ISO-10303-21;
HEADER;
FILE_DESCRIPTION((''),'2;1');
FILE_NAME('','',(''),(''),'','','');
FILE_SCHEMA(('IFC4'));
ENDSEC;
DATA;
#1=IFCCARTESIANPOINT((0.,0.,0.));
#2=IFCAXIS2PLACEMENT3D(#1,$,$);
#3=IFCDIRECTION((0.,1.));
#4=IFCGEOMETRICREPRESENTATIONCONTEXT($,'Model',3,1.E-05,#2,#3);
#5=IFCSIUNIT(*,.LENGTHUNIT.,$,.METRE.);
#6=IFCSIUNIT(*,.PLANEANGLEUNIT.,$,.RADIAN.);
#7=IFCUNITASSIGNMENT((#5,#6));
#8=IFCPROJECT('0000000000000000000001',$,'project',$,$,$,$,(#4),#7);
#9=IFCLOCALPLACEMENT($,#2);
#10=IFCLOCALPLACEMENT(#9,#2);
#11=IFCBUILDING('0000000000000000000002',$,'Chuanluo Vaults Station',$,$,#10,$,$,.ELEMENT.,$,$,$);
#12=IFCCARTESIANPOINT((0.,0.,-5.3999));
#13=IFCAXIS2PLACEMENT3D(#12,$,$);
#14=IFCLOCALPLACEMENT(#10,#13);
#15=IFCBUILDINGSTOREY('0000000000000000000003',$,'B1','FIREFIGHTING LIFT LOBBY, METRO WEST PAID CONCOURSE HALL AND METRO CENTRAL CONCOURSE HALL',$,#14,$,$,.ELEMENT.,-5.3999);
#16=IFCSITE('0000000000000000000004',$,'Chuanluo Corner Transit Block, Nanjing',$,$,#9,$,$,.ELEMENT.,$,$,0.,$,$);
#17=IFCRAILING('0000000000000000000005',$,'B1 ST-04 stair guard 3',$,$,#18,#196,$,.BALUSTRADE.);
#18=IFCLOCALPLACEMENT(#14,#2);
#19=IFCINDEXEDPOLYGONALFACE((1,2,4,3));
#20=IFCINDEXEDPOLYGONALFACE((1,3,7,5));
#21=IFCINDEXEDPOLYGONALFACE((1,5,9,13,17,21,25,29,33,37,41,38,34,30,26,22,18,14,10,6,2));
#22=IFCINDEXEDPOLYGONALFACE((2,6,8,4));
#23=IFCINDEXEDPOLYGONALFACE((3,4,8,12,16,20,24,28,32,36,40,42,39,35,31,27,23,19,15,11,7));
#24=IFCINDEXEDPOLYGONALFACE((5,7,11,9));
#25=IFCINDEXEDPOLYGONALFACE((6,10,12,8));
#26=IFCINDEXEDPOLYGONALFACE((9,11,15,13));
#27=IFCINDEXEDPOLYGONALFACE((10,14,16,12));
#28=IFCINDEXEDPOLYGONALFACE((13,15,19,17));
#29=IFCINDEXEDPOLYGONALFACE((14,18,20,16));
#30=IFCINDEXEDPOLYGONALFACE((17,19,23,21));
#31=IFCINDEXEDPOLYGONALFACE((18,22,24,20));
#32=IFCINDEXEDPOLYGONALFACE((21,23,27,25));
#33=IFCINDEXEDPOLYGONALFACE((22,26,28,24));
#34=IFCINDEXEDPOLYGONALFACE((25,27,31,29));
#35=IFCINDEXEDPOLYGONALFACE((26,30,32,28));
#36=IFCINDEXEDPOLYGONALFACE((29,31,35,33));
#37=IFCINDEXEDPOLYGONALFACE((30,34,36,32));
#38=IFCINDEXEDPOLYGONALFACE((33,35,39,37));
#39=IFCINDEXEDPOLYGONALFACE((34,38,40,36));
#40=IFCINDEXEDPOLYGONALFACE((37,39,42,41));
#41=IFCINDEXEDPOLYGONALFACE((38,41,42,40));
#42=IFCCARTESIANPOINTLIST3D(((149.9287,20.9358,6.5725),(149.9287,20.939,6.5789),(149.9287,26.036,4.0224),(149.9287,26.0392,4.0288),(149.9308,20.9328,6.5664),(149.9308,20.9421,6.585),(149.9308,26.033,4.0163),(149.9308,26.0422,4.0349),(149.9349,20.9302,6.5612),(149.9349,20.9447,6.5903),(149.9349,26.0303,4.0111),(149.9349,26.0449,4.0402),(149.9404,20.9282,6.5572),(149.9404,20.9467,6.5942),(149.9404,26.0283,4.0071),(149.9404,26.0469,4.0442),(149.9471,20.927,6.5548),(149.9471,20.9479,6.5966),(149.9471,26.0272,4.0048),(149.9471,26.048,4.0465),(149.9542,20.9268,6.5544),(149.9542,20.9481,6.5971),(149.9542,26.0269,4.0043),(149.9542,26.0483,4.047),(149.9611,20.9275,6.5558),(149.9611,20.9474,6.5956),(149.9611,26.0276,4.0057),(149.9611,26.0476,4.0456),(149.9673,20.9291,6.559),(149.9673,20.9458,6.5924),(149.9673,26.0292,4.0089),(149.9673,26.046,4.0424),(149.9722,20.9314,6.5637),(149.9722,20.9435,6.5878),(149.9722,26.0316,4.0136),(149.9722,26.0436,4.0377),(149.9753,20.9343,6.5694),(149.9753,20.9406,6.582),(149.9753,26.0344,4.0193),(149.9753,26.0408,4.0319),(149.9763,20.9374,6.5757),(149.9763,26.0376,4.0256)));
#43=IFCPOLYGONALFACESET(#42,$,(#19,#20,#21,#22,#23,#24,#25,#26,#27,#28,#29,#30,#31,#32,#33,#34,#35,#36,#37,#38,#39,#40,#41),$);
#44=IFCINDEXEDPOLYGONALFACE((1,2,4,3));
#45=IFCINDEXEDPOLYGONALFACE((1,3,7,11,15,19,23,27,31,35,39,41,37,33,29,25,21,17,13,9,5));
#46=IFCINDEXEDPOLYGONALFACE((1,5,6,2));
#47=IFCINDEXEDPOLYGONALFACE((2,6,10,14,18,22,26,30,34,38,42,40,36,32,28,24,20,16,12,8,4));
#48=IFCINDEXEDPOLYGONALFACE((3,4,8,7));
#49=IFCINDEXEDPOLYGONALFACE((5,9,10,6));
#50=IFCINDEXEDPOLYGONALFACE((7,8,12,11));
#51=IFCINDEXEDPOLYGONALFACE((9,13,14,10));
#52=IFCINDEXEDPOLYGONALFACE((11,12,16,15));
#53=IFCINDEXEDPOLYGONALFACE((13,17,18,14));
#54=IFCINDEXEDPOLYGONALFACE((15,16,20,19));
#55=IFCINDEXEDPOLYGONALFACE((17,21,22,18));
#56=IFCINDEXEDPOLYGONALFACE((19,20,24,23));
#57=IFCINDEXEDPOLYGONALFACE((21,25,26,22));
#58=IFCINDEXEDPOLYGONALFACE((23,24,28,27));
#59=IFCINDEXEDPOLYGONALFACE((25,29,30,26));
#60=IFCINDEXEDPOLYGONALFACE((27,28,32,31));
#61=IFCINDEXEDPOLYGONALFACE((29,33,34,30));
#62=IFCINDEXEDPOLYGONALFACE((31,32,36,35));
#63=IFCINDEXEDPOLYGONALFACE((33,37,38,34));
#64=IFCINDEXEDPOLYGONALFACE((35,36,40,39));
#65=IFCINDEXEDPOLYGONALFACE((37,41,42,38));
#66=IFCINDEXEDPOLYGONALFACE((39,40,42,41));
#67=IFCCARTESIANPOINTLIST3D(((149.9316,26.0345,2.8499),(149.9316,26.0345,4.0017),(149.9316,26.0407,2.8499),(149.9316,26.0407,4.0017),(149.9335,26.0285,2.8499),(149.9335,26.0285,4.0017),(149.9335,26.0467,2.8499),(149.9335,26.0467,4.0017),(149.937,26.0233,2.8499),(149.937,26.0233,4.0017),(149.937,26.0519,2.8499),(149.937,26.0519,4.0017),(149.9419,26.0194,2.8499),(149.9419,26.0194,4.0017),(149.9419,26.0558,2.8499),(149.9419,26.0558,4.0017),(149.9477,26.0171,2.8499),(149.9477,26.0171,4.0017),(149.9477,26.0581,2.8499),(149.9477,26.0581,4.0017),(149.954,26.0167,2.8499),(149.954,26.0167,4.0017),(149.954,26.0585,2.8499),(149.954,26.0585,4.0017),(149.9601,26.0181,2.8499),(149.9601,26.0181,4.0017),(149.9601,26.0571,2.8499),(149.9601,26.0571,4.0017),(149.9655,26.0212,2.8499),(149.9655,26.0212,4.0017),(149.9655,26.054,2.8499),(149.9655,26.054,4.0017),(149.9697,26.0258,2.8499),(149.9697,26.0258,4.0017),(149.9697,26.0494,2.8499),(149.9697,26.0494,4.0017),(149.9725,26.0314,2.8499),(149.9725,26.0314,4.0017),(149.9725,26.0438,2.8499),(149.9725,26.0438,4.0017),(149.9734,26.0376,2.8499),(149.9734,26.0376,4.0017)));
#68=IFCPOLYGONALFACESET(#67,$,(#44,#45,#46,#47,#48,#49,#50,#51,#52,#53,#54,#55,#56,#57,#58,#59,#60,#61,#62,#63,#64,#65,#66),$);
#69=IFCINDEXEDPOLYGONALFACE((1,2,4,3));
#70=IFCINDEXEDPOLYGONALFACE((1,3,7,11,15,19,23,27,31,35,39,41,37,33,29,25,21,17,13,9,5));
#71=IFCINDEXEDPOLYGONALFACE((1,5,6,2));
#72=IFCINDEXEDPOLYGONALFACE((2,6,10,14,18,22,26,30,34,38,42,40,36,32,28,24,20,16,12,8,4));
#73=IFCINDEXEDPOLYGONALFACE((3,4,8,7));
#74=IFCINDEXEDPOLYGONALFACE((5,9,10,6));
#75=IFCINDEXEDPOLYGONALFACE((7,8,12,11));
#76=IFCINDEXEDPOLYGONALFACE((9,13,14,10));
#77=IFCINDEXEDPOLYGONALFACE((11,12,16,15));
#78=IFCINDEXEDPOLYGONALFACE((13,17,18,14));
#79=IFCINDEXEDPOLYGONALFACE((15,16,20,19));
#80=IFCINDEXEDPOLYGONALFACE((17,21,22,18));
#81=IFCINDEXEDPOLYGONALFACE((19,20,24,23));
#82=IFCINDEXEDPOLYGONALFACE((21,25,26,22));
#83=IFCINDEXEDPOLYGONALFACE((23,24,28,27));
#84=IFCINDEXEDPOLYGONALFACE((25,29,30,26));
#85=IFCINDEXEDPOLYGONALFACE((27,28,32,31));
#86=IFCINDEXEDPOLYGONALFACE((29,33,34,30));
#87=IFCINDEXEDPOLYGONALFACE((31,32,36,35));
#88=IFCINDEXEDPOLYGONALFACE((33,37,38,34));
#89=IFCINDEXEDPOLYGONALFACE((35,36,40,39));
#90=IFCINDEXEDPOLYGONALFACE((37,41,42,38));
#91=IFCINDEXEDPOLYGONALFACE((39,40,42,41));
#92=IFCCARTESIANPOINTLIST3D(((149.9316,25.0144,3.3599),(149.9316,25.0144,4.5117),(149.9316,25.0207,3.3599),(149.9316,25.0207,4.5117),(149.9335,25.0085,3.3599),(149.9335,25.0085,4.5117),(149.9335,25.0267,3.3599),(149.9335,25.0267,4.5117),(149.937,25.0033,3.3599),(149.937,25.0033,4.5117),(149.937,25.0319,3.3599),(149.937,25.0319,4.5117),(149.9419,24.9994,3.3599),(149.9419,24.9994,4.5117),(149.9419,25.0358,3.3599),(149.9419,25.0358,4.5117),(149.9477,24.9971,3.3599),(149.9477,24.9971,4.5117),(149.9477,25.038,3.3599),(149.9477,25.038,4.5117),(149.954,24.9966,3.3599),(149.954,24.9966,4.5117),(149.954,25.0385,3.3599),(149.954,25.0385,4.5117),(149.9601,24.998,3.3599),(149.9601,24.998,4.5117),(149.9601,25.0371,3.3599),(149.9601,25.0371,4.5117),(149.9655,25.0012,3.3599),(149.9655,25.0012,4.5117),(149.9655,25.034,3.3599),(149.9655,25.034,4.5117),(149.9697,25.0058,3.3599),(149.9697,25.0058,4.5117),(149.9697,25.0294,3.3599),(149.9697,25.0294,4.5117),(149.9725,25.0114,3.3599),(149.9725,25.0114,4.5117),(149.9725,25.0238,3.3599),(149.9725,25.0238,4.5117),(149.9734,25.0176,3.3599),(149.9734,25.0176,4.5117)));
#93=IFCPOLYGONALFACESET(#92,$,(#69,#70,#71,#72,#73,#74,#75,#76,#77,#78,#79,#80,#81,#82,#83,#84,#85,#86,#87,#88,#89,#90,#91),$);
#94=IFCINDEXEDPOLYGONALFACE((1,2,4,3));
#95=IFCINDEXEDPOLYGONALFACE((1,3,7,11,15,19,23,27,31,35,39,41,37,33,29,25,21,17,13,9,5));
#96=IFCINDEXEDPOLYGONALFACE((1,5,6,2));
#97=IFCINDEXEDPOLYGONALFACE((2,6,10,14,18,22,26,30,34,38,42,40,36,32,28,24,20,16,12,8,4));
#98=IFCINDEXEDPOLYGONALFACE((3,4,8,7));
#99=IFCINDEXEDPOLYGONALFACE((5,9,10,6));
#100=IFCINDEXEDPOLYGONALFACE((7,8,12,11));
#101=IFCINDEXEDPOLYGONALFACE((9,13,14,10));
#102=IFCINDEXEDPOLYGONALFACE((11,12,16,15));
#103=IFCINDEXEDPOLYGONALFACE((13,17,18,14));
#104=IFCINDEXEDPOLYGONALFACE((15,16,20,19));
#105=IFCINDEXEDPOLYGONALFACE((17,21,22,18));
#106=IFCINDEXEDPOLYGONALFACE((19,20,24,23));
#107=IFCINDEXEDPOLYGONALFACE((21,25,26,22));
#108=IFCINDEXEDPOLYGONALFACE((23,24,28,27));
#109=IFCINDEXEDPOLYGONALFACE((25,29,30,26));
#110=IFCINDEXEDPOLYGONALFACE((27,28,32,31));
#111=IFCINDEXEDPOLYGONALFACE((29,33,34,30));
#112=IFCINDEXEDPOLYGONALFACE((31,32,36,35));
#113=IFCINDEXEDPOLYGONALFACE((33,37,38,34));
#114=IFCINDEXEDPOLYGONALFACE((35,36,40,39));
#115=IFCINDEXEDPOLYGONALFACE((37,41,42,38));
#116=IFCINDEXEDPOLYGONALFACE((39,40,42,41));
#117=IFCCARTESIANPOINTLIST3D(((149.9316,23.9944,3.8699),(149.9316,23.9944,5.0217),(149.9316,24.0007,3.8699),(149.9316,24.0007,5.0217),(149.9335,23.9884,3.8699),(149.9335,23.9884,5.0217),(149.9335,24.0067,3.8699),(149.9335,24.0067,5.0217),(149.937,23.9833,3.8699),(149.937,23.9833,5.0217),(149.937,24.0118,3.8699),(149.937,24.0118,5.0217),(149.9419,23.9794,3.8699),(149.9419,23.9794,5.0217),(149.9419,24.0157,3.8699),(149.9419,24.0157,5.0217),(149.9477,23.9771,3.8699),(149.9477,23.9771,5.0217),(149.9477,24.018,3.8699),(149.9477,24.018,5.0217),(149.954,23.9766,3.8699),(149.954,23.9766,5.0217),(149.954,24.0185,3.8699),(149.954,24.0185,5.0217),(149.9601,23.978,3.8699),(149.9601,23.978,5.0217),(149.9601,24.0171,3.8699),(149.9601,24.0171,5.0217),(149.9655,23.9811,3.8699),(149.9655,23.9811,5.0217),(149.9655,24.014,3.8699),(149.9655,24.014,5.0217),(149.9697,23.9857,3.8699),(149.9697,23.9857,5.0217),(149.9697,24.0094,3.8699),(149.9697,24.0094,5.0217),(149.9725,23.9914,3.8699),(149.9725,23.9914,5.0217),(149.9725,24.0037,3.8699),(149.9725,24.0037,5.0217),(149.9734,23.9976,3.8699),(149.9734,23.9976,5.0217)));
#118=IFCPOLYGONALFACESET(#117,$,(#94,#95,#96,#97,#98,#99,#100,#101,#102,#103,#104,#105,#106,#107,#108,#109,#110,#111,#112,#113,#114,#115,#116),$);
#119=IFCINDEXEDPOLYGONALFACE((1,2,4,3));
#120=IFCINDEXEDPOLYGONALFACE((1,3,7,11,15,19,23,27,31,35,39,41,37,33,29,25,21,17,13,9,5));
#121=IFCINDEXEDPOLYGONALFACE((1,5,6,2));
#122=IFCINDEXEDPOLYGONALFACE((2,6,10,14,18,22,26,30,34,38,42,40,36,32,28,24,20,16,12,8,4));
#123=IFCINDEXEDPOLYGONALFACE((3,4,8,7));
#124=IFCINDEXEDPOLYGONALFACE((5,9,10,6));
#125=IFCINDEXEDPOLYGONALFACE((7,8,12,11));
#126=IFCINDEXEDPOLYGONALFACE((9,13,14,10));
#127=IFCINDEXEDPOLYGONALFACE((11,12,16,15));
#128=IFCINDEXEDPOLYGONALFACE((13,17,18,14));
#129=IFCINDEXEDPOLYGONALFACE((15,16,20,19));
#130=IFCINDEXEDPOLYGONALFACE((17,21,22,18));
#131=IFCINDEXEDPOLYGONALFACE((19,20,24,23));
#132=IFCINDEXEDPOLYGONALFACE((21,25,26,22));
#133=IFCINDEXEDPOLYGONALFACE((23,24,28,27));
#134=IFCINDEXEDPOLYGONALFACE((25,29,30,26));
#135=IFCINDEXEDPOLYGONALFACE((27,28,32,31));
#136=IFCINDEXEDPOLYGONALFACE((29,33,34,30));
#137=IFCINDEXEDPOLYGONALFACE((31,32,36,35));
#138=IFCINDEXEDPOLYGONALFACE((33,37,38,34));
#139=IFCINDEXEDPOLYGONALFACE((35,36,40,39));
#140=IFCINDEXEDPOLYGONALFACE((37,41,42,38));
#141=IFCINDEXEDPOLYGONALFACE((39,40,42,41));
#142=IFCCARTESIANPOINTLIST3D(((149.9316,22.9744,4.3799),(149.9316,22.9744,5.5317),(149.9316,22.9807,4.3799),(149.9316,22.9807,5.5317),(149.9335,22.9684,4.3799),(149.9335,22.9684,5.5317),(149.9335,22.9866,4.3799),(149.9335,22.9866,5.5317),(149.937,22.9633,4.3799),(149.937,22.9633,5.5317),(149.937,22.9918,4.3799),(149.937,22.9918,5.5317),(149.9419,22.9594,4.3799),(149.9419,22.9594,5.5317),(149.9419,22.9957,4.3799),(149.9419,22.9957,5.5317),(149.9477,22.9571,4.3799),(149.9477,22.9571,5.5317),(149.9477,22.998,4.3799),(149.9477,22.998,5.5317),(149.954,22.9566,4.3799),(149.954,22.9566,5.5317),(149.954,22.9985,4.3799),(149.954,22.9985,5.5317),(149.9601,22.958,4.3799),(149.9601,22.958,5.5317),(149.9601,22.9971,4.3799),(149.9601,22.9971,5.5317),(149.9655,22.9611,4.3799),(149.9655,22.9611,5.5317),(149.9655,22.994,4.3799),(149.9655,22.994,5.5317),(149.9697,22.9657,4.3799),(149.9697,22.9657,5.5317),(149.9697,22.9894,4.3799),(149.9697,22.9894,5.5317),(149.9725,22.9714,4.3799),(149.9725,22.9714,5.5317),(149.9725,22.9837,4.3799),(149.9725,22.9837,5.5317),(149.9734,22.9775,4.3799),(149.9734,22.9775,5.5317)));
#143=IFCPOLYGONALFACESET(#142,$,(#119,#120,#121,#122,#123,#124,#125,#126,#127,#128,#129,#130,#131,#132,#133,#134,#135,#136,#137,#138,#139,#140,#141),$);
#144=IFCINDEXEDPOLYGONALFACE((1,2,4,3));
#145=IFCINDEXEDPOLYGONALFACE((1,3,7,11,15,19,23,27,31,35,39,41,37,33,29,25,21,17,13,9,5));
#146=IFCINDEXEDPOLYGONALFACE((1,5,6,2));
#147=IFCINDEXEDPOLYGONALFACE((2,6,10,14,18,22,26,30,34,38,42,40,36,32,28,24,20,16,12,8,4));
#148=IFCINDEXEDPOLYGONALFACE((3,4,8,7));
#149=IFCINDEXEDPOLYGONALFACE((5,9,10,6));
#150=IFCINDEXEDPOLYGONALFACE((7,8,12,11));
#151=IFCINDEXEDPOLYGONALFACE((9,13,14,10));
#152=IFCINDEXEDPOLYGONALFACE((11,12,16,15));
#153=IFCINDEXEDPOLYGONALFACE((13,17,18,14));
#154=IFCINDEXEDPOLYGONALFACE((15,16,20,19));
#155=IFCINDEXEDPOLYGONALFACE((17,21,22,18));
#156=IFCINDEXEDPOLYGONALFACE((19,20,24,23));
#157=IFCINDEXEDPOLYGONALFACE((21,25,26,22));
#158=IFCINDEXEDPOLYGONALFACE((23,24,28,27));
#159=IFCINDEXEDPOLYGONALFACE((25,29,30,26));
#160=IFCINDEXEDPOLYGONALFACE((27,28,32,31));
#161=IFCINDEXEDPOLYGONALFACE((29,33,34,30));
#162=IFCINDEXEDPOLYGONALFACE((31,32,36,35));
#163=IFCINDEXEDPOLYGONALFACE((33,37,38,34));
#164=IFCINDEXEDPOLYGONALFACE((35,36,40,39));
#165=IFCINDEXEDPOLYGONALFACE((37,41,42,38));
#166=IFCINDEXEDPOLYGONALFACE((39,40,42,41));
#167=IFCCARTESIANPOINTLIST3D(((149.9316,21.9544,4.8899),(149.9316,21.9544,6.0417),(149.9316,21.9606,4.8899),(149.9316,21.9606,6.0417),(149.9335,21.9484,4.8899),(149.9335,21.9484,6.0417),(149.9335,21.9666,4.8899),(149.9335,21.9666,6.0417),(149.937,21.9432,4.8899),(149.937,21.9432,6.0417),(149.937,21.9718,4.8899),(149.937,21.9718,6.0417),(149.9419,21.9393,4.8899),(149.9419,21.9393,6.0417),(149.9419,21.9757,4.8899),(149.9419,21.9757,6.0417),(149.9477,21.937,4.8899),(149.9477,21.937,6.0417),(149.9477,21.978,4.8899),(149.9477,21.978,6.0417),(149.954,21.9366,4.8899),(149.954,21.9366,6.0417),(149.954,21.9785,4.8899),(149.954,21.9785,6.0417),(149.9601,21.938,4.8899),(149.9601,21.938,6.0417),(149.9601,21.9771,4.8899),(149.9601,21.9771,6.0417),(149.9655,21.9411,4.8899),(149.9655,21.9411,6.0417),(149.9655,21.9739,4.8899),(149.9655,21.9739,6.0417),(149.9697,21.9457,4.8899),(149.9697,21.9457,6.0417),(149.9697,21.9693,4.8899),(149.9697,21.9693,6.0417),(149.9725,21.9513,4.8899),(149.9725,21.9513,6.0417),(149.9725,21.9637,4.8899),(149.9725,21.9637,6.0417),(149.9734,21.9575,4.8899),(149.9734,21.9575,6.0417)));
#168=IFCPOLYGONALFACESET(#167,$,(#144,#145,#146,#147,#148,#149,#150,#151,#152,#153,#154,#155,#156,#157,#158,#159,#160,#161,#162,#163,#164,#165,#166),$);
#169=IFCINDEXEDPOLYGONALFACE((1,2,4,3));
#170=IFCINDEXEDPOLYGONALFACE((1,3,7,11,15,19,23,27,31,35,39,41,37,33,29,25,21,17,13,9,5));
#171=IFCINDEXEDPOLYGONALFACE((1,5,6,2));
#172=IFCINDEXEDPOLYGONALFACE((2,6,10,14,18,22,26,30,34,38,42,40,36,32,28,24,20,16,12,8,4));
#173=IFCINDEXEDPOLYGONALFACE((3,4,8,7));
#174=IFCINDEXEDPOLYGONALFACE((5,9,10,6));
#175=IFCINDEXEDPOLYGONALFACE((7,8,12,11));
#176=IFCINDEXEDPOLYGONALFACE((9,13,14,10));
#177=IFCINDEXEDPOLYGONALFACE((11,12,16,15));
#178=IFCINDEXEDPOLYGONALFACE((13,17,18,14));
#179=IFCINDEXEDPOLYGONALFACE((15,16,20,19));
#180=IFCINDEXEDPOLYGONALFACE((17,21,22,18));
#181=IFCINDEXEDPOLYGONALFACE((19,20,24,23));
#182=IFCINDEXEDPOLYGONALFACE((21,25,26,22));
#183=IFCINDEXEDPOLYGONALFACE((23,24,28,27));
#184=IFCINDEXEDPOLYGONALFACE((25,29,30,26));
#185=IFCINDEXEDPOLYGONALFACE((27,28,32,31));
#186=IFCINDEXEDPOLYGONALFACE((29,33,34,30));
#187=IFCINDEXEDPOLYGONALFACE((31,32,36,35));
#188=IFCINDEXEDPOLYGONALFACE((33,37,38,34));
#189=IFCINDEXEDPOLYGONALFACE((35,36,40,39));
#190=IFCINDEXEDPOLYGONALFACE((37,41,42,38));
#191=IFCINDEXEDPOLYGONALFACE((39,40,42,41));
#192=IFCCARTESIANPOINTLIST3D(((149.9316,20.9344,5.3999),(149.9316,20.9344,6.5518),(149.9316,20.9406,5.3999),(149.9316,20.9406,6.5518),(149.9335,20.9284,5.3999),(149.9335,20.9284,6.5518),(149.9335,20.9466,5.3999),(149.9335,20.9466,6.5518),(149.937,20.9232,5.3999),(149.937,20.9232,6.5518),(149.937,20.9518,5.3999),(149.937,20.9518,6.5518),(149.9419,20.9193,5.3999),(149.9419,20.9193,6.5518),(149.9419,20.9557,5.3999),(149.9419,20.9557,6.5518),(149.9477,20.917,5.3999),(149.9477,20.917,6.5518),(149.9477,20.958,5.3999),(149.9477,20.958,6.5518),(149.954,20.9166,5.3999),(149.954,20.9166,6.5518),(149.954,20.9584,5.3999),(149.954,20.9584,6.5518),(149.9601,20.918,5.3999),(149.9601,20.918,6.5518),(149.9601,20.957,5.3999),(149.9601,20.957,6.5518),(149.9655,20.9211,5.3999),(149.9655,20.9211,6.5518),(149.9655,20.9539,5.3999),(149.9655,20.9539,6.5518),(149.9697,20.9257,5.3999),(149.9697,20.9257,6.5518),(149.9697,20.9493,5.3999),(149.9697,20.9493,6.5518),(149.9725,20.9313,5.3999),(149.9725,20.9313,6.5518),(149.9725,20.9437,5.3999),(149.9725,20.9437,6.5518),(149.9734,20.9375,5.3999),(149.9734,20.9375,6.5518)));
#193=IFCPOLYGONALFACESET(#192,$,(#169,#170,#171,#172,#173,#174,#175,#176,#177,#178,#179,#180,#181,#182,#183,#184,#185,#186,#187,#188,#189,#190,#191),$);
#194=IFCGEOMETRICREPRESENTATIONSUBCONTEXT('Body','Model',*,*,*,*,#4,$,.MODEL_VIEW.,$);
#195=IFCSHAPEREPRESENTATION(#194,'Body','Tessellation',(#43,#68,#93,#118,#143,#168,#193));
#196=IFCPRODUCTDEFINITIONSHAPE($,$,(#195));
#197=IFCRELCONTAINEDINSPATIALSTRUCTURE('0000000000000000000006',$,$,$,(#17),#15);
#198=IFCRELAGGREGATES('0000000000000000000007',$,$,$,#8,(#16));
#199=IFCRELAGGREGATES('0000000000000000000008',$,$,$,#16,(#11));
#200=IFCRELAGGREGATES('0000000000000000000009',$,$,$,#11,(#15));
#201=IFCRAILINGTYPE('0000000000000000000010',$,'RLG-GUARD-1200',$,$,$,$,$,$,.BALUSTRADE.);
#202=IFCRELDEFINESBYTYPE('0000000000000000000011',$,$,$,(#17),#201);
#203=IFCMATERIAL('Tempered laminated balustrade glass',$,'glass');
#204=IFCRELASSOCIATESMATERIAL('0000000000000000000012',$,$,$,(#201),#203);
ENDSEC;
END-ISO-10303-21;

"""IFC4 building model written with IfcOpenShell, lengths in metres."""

from ifc_helpers import new_model, si_unit, direction, frame, origin, origin_2d, place, context, subcontext, project, spatial, circle, extrude, material, type_object, element, save


model = new_model("IFC4")

# Units and contexts
model_context = context("Model", 3, precision=1e-05, world=origin(), true_north=direction((0.0, 1.0)))
body_context = subcontext(model_context, "Body", "Model", "MODEL_VIEW")
ifc_project = project(units=[si_unit("LENGTHUNIT", "METRE"), si_unit("PLANEANGLEUNIT", "RADIAN")], contexts=[model_context])

# Site, building, storey
site_placement = place(None, origin())
site = spatial("IfcSite", under=ifc_project, at=site_placement, Name="Chuanluo Corner Transit Block, Nanjing", CompositionType="ELEMENT", RefElevation=0.0)
building_placement = place(site_placement, origin())
building = spatial("IfcBuilding", under=site, at=building_placement, Name="Chuanluo Vaults Station", CompositionType="ELEMENT")
storey_placement = place(building_placement, frame((0.0, 0.0, -5.3999)))
storey = spatial("IfcBuildingStorey", under=building, at=storey_placement, Name="B1", Description="FIREFIGHTING LIFT LOBBY, METRO WEST PAID CONCOURSE HALL AND METRO CENTRAL CONCOURSE HALL", CompositionType="ELEMENT", Elevation=-5.3999)

# Railing
ifc_material_1 = material(Name="Tempered laminated balustrade glass", Category="glass")
railing_type_1 = type_object("IfcRailingType", Name="RLG-GUARD-1200", PredefinedType="BALUSTRADE", material=ifc_material_1)
railing_1_placement = place(storey_placement, frame((149.9524, 26.0376, 2.8499)))
element("IfcRailing", 1, at=railing_1_placement, inside=storey, type_object=railing_type_1, Name="B1 ST-04 stair guard 3", PredefinedType="BALUSTRADE", context=body_context, shape_type="SweptSolid", body=[
    extrude(circle(Radius=0.0239, at=origin_2d()), frame((0.0, 0.0, 1.1758), z_axis=(0.0, -0.894427, 0.447214), x_axis=(1.0, 0.0, 0.0)), (0.0, 0.0, 1.0), 5.7021),
    extrude(circle(Radius=0.021, at=origin_2d()), origin(), (0.0, 0.0, 1.0), 1.1519),
    extrude(circle(Radius=0.021, at=origin_2d()), frame((0.0, -1.02, 0.51)), (0.0, 0.0, 1.0), 1.1519),
    extrude(circle(Radius=0.021, at=origin_2d()), frame((0.0, -2.04, 1.02)), (0.0, 0.0, 1.0), 1.1519),
    extrude(circle(Radius=0.021, at=origin_2d()), frame((0.0, -3.0601, 1.53)), (0.0, 0.0, 1.0), 1.1519),
    extrude(circle(Radius=0.021, at=origin_2d()), frame((0.0, -4.0801, 2.04)), (0.0, 0.0, 1.0), 1.1519),
    extrude(circle(Radius=0.021, at=origin_2d()), frame((0.0, -5.1001, 2.55)), (0.0, 0.0, 1.0), 1.1519),
])

save(model, "model.ifc")
